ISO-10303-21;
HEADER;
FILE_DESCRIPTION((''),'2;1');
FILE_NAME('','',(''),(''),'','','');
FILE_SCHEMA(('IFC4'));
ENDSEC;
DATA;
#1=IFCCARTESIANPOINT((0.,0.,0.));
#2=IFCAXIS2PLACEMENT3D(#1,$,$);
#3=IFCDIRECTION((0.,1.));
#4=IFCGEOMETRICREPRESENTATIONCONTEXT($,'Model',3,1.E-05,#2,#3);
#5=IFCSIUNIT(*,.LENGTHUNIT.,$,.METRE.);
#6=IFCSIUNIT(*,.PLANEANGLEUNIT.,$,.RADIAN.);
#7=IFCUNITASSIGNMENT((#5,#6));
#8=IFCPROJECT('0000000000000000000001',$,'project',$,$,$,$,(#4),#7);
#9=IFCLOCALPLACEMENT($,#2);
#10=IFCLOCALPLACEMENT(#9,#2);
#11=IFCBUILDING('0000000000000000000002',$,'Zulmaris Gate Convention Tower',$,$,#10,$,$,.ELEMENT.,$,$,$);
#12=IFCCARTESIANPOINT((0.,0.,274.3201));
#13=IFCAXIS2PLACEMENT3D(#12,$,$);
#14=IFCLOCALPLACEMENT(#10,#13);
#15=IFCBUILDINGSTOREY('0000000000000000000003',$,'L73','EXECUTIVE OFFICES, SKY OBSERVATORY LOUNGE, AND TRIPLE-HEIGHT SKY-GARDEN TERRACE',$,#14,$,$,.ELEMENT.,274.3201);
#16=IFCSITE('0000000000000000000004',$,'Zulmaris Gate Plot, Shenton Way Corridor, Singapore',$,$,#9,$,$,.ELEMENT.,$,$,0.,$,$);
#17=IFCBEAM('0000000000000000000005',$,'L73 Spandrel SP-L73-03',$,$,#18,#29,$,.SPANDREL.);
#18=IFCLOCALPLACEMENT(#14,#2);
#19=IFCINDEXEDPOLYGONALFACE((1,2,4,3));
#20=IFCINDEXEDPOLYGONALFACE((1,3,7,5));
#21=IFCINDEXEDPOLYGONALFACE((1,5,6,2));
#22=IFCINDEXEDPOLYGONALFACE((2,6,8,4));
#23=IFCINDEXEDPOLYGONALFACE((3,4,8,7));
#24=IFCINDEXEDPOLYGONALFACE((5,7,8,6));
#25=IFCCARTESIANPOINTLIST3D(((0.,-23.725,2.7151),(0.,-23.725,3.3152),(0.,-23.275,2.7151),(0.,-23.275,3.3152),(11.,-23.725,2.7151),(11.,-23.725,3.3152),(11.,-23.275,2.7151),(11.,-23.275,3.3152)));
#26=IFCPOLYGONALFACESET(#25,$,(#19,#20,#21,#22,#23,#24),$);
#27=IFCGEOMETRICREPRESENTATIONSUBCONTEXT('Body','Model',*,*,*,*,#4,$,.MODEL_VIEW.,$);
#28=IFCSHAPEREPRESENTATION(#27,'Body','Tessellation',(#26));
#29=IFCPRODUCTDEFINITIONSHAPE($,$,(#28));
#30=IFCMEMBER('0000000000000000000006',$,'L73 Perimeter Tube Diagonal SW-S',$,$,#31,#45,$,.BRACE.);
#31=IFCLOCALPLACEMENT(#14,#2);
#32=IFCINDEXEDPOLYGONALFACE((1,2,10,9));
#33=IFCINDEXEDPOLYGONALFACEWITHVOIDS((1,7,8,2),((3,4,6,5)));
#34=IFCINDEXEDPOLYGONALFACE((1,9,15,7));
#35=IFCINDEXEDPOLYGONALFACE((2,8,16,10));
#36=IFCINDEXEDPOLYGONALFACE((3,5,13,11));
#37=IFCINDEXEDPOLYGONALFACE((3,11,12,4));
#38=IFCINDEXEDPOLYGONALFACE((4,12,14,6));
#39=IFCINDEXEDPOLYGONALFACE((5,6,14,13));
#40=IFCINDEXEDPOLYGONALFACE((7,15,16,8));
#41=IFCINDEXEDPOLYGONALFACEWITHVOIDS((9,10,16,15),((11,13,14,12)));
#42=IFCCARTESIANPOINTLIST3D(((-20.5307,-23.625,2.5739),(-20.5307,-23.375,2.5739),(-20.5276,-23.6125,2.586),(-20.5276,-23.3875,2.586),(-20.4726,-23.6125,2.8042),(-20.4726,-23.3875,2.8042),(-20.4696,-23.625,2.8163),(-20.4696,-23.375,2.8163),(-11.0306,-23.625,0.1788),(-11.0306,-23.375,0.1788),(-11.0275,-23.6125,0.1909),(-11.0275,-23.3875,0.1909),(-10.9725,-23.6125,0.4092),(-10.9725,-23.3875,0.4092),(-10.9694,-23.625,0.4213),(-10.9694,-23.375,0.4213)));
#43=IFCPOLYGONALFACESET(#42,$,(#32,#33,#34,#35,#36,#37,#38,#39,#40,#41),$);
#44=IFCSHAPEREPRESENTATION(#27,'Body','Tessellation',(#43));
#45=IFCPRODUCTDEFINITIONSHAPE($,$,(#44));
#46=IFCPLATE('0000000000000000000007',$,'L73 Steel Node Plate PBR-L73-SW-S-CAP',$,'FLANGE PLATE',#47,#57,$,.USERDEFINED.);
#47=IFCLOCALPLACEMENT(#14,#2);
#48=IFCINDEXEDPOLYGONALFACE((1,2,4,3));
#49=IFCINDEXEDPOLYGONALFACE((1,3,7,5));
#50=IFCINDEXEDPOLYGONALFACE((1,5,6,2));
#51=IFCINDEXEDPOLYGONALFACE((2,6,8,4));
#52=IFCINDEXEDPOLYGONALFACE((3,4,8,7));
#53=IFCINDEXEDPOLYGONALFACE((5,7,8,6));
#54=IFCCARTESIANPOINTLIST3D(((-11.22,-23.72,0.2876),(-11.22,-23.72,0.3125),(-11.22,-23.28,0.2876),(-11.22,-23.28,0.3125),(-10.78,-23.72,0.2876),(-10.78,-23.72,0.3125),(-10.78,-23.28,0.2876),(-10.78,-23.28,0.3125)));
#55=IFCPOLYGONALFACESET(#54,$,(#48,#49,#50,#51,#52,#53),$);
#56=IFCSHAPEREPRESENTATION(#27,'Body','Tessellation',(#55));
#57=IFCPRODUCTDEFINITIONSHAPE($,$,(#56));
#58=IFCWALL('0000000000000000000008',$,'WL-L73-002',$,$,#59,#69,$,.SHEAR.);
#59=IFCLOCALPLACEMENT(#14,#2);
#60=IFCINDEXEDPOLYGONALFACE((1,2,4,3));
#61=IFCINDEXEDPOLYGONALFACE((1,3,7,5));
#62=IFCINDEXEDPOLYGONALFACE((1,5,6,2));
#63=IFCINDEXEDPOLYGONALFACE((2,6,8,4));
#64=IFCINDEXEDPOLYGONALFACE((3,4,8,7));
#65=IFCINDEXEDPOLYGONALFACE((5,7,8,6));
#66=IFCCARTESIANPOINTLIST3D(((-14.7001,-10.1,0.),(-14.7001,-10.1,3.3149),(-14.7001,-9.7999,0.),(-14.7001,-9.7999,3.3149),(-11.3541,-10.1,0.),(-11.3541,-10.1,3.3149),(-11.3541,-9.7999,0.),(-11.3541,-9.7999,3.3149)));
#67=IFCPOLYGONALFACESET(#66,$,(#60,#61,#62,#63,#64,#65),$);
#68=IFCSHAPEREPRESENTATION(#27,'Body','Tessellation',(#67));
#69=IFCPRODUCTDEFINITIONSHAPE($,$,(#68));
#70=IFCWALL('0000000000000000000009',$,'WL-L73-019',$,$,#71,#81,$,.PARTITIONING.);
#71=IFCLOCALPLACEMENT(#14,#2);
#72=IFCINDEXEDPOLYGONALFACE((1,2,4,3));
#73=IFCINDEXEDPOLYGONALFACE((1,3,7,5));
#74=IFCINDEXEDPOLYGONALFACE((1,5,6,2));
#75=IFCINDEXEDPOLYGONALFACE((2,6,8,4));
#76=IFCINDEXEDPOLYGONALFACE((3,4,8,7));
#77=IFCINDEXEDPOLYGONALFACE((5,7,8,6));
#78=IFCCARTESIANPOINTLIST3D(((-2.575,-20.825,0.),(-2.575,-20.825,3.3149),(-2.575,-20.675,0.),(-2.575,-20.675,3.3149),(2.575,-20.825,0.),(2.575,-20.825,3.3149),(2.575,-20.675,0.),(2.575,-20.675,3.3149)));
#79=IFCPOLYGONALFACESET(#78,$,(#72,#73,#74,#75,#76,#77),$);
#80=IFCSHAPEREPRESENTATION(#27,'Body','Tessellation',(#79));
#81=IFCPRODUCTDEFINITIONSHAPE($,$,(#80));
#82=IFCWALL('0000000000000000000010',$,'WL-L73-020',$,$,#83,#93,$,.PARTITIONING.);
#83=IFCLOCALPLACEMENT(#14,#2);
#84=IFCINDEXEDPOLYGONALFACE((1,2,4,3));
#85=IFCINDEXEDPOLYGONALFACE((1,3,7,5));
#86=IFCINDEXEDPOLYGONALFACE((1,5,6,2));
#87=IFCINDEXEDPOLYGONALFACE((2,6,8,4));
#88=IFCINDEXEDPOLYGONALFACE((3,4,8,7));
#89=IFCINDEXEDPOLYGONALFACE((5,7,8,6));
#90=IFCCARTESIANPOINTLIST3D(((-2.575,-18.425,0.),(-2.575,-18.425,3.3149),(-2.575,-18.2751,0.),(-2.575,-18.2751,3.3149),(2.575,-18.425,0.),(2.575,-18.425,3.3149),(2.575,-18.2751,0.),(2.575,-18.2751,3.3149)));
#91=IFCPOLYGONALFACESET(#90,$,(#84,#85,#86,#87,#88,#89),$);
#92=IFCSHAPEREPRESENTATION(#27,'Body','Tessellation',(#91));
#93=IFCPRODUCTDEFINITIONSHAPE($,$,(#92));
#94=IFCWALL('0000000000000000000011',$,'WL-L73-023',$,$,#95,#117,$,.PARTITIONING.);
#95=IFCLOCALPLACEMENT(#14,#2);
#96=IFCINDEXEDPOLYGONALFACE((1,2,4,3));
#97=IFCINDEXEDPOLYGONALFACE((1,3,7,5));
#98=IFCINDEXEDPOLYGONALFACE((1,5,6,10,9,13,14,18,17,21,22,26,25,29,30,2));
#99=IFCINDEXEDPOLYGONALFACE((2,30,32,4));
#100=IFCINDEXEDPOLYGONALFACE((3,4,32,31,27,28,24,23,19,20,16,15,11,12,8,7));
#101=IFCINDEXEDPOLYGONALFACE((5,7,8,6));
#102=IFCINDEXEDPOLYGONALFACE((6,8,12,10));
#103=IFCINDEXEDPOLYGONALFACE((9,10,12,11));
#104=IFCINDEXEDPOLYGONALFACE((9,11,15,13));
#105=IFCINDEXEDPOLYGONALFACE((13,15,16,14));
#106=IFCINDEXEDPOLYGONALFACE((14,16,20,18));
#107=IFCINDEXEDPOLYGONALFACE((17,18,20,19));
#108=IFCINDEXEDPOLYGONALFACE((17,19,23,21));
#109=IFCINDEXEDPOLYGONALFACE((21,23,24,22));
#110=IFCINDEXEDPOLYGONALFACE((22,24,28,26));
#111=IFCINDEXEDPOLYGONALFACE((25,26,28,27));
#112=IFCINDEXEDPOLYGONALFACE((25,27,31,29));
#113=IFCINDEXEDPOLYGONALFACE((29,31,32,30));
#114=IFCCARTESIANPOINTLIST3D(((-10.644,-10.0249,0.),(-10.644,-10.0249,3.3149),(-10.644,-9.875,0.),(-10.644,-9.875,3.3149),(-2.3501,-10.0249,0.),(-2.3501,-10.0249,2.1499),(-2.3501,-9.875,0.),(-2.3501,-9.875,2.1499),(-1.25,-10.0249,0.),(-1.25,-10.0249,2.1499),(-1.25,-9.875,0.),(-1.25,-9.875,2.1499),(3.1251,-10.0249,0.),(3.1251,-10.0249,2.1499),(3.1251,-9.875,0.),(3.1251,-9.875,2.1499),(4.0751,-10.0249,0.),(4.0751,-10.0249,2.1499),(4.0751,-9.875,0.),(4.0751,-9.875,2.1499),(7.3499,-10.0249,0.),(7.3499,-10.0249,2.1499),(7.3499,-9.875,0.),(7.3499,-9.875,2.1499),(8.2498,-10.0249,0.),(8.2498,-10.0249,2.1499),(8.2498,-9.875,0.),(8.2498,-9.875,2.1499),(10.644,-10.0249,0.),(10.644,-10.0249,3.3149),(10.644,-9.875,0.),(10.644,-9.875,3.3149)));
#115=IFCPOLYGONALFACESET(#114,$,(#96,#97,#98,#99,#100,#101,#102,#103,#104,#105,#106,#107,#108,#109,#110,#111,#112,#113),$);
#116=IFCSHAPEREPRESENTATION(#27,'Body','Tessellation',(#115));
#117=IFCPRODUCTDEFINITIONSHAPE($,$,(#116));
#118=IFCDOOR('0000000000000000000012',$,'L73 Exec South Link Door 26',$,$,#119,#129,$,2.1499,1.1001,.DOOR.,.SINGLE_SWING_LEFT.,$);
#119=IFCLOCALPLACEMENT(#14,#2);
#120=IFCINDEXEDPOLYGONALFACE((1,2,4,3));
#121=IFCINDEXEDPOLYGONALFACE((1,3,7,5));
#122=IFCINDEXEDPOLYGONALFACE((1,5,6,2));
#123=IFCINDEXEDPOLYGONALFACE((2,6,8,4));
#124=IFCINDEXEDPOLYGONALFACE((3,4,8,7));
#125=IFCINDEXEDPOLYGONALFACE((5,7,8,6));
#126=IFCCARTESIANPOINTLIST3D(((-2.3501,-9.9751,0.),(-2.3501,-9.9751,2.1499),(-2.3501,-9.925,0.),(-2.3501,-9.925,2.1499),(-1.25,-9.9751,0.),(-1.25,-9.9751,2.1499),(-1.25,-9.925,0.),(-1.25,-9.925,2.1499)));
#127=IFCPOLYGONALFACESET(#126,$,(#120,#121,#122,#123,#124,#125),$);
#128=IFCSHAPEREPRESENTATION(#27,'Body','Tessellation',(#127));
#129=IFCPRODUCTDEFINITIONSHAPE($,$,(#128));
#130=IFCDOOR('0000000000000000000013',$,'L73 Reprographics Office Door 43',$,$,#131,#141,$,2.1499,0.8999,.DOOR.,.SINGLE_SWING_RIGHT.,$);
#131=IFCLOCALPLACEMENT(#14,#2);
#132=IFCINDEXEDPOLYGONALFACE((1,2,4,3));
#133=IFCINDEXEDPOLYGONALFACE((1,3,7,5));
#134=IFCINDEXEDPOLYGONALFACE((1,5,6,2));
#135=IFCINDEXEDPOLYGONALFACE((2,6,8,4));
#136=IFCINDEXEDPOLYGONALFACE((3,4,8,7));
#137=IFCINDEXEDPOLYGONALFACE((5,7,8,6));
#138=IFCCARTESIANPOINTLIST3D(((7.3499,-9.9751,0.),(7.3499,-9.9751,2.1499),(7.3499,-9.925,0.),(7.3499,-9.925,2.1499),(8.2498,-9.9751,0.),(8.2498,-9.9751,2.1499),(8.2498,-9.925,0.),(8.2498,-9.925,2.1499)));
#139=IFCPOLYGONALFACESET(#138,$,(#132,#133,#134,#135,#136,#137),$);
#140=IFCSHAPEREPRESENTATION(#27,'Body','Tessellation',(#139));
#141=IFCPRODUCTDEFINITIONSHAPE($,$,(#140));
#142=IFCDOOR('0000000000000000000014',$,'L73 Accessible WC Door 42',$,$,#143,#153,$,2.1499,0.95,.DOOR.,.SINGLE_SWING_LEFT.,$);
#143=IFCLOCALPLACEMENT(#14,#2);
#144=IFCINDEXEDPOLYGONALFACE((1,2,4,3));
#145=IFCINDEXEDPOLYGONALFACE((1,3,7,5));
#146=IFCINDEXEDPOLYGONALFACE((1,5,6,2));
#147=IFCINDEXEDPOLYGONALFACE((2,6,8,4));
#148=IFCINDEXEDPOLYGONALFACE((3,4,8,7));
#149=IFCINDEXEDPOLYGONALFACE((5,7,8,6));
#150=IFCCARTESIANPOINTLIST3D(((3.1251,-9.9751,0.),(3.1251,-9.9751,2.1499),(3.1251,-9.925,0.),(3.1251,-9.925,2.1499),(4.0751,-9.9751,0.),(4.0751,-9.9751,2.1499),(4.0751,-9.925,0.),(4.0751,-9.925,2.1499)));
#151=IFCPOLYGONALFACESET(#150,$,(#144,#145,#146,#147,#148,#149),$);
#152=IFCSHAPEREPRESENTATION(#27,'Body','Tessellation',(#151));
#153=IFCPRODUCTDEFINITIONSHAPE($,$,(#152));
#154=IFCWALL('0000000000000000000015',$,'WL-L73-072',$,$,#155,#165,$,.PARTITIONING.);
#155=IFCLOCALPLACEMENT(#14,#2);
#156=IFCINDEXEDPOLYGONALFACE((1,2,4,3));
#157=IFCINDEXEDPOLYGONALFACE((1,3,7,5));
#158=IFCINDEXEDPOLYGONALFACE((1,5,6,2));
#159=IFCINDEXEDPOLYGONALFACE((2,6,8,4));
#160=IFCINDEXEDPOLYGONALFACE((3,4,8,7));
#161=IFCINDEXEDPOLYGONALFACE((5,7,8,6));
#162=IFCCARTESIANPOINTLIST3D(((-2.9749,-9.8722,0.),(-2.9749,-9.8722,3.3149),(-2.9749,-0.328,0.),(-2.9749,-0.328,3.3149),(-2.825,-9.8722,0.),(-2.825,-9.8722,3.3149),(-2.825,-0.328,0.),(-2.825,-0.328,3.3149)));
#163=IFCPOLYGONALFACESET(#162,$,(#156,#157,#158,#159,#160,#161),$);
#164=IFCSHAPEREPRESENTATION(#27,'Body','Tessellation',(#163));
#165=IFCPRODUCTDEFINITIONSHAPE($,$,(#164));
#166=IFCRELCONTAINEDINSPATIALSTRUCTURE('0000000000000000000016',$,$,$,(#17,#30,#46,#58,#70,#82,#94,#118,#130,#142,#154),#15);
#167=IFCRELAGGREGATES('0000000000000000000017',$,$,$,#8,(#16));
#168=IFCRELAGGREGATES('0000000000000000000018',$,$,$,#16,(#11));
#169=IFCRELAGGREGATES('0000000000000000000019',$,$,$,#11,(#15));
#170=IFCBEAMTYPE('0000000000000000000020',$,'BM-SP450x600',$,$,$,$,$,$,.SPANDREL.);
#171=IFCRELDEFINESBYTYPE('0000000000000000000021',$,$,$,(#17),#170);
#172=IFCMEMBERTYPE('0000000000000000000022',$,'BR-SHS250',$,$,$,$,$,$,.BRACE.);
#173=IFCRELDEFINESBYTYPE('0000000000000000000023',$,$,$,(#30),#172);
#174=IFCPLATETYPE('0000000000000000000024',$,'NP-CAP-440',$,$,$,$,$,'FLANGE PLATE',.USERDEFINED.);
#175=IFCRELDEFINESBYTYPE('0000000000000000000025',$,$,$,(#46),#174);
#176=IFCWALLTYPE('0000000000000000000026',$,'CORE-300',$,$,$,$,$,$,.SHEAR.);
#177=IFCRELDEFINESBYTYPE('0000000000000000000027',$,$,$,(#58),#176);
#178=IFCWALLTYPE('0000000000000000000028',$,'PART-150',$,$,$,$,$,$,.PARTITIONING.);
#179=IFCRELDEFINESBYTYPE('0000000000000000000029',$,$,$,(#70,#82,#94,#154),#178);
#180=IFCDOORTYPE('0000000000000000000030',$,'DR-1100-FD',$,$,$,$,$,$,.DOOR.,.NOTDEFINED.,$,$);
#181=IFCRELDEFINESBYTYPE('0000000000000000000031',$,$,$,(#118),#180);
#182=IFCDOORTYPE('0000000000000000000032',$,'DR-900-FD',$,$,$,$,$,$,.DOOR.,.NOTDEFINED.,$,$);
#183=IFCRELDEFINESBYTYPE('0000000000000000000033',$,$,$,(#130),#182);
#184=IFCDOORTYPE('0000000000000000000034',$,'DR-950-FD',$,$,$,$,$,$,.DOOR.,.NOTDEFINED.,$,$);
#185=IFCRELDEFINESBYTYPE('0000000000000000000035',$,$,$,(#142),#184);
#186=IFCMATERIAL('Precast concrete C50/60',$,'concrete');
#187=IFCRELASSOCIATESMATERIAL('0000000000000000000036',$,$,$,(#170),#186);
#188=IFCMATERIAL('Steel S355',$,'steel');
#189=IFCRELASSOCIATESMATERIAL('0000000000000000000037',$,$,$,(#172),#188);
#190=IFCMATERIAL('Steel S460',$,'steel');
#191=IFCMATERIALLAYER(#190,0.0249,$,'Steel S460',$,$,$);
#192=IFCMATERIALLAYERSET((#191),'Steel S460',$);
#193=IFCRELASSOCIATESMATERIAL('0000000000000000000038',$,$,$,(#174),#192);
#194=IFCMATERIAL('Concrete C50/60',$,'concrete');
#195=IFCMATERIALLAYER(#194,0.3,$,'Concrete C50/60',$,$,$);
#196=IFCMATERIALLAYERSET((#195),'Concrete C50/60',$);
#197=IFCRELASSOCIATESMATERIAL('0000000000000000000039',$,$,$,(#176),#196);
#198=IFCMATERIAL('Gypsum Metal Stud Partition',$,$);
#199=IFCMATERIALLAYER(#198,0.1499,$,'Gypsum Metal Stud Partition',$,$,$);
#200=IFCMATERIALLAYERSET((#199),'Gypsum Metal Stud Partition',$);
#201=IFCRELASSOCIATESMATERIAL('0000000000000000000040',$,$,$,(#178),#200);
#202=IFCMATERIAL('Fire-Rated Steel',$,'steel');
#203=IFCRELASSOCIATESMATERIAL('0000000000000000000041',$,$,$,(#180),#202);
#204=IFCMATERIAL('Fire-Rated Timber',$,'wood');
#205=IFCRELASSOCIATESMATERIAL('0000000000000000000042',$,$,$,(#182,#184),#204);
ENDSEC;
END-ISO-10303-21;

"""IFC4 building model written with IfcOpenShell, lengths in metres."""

from ifc_helpers import new_model, si_unit, direction, frame, frame_2d, origin, origin_2d, place, context, subcontext, project, spatial, rectangle, hollow_rectangle, extrude, material, layer, layer_set, material_profile, profile_set, type_object, element, fill, save


model = new_model("IFC4")

# Units and contexts
model_context = context("Model", 3, precision=1e-05, world=origin(), true_north=direction((0.0, 1.0)))
body_context = subcontext(model_context, "Body", "Model", "MODEL_VIEW")
ifc_project = project(units=[si_unit("LENGTHUNIT", "METRE"), si_unit("PLANEANGLEUNIT", "RADIAN")], contexts=[model_context])

# Site, building, storey
site_placement = place(None, origin())
site = spatial("IfcSite", under=ifc_project, at=site_placement, Name="Zulmaris Gate Plot, Shenton Way Corridor, Singapore", CompositionType="ELEMENT", RefElevation=0.0)
building_placement = place(site_placement, origin())
building = spatial("IfcBuilding", under=site, at=building_placement, Name="Zulmaris Gate Convention Tower", CompositionType="ELEMENT")
storey_placement = place(building_placement, frame((0.0, 0.0, 274.3201)))
storey = spatial("IfcBuildingStorey", under=building, at=storey_placement, Name="L73", Description="EXECUTIVE OFFICES, SKY OBSERVATORY LOUNGE, AND TRIPLE-HEIGHT SKY-GARDEN TERRACE", CompositionType="ELEMENT", Elevation=274.3201)

# Shared definitions
ifc_material_1 = material(Name="Concrete C50/60", Category="concrete")

# Beam
ifc_material_2 = material(Name="Steel S355", Category="steel")
ifc_material_3 = material(Name="Precast concrete C50/60", Category="concrete")
ifc_material_profile_1 = material_profile(ifc_material_3, rectangle(XDim=0.45, YDim=0.6001, at=origin_2d()), Name="RC SPANDREL 450x600")
ifc_profile_set_1 = profile_set([ifc_material_profile_1], Name="Precast concrete C50/60")
beam_type_1 = type_object("IfcBeamType", Name="BM-SP450x600", PredefinedType="SPANDREL", material=ifc_profile_set_1)
for number, where, z_axis, x_axis, name in (
    (1, (0.0, -23.5, 3.0151), (1.0, 0.0, 0.0), (0.0, 1.0, 0.0), "L73 Spandrel SP-L73-03"),
):
    element("IfcBeam", number, at=place(storey_placement, frame(where, z_axis=z_axis, x_axis=x_axis)), inside=storey, type_object=beam_type_1, Name=name, PredefinedType="SPANDREL", context=body_context, shape_type="SweptSolid", body=[
        extrude(rectangle(XDim=0.45, YDim=0.6001, at=origin_2d()), origin(), (0.0, 0.0, 1.0), 11.0),
    ])

# Member
ifc_material_profile_2 = material_profile(ifc_material_2, hollow_rectangle(XDim=0.25, YDim=0.25, WallThickness=0.0125, at=origin_2d()), Name="SHS 250x250x12.5")
ifc_profile_set_2 = profile_set([ifc_material_profile_2], Name="Steel S355")
member_type = type_object("IfcMemberType", Name="BR-SHS250", PredefinedType="BRACE", material=ifc_profile_set_2)
member_placement = place(storey_placement, frame((-11.0, -23.5, 0.3), z_axis=(-0.96966, 0.0, 0.244458), x_axis=(0.0, -1.0, 0.0)))
element("IfcMember", 2, at=member_placement, inside=storey, type_object=member_type, Name="L73 Perimeter Tube Diagonal SW-S", PredefinedType="BRACE", context=body_context, shape_type="SweptSolid", body=[
    extrude(hollow_rectangle(XDim=0.25, YDim=0.25, WallThickness=0.0125, at=origin_2d()), origin(), (0.0, 0.0, 1.0), 9.7974),
])

# Plate
ifc_material_4 = material(Name="Steel S460", Category="steel")
ifc_layer_1 = layer(ifc_material_4, 0.0249, Name="Steel S460")
ifc_layer_set_1 = layer_set([ifc_layer_1], Name="Steel S460")
plate_type = type_object("IfcPlateType", Name="NP-CAP-440", ElementType="FLANGE PLATE", PredefinedType="USERDEFINED", material=ifc_layer_set_1)
plate_placement = place(storey_placement, frame((-11.0, -23.5, 0.2876), z_axis=(0.0, 0.0, 1.0), x_axis=(1.0, 0.0, 0.0)))
element("IfcPlate", 3, at=plate_placement, inside=storey, type_object=plate_type, Name="L73 Steel Node Plate PBR-L73-SW-S-CAP", ObjectType="FLANGE PLATE", PredefinedType="USERDEFINED", context=body_context, shape_type="SweptSolid", body=[
    extrude(rectangle(XDim=0.4399, YDim=0.4399, at=origin_2d()), origin(), (0.0, 0.0, 1.0), 0.0249),
])

# Walls
ifc_layer_2 = layer(ifc_material_1, 0.3, Name="Concrete C50/60")
ifc_layer_set_2 = layer_set([ifc_layer_2], Name="Concrete C50/60")
wall_type_1 = type_object("IfcWallType", Name="CORE-300", PredefinedType="SHEAR", material=ifc_layer_set_2)
wall_1_placement = place(storey_placement, frame((-14.7, -9.95, 0.0), z_axis=(0.0, 0.0, 1.0), x_axis=(1.0, 0.0, 0.0)))
element("IfcWall", 4, at=wall_1_placement, inside=storey, type_object=wall_type_1, Name="WL-L73-002", PredefinedType="SHEAR", context=body_context, shape_type="SweptSolid", body=[
    extrude(rectangle(XDim=3.3459, YDim=0.3, at=frame_2d((1.6729, 0.0))), origin(), (0.0, 0.0, 1.0), 3.3149),
])
ifc_material_5 = material(Name="Gypsum Metal Stud Partition")
ifc_layer_3 = layer(ifc_material_5, 0.1499, Name="Gypsum Metal Stud Partition")
ifc_layer_set_3 = layer_set([ifc_layer_3], Name="Gypsum Metal Stud Partition")
wall_type_2 = type_object("IfcWallType", Name="PART-150", PredefinedType="PARTITIONING", material=ifc_layer_set_3)
for number, where, z_axis, x_axis, name in (
    (5, (-2.575, -20.75, 0.0), (0.0, 0.0, 1.0), (1.0, 0.0, 0.0), "WL-L73-019"),
    (6, (-2.575, -18.3501, 0.0), (0.0, 0.0, 1.0), (1.0, 0.0, 0.0), "WL-L73-020"),
):
    element("IfcWall", number, at=place(storey_placement, frame(where, z_axis=z_axis, x_axis=x_axis)), inside=storey, type_object=wall_type_2, Name=name, PredefinedType="PARTITIONING", context=body_context, shape_type="SweptSolid", body=[
        extrude(rectangle(XDim=5.1499, YDim=0.1499, at=frame_2d((2.575, 0.0))), origin(), (0.0, 0.0, 1.0), 3.3149),
    ])

# Wall, openings, doors
wall_2_placement = place(storey_placement, frame((-10.644, -9.95, 0.0), z_axis=(0.0, 0.0, 1.0), x_axis=(1.0, 0.0, 0.0)))
wall_2 = element("IfcWall", 7, at=wall_2_placement, inside=storey, type_object=wall_type_2, Name="WL-L73-023", PredefinedType="PARTITIONING", context=body_context, shape_type="SweptSolid", body=[
    extrude(rectangle(XDim=21.2881, YDim=0.1499, at=frame_2d((10.644, 0.0))), origin(), (0.0, 0.0, 1.0), 3.3149),
])
opening_1_placement = place(wall_2_placement, frame((8.2939, 0.0, 0.0)))
opening_1 = element("IfcOpeningElement", 8, at=opening_1_placement, cuts=wall_2, PredefinedType="OPENING", context=body_context, shape_type="SweptSolid", body=[
    extrude(rectangle(XDim=1.1001, YDim=2.1499, at=frame_2d((0.55, 1.075))), frame((0.0, 0.085, 0.0), z_axis=(0.0, -1.0, 0.0), x_axis=(1.0, 0.0, 0.0)), (0.0, 0.0, 1.0), 0.1699),
])
opening_2_placement = place(wall_2_placement, frame((13.769, 0.0, 0.0)))
opening_2 = element("IfcOpeningElement", 9, at=opening_2_placement, cuts=wall_2, PredefinedType="OPENING", context=body_context, shape_type="SweptSolid", body=[
    extrude(rectangle(XDim=0.95, YDim=2.1499, at=frame_2d((0.4751, 1.075))), frame((0.0, 0.085, 0.0), z_axis=(0.0, -1.0, 0.0), x_axis=(1.0, 0.0, 0.0)), (0.0, 0.0, 1.0), 0.1699),
])
opening_3_placement = place(wall_2_placement, frame((17.9939, 0.0, 0.0)))
opening_3 = element("IfcOpeningElement", 10, at=opening_3_placement, cuts=wall_2, PredefinedType="OPENING", context=body_context, shape_type="SweptSolid", body=[
    extrude(rectangle(XDim=0.8999, YDim=2.1499, at=frame_2d((0.45, 1.075))), frame((0.0, 0.085, 0.0), z_axis=(0.0, -1.0, 0.0), x_axis=(1.0, 0.0, 0.0)), (0.0, 0.0, 1.0), 0.1699),
])
ifc_material_6 = material(Name="Fire-Rated Steel", Category="steel")
door_type_1 = type_object("IfcDoorType", Name="DR-1100-FD", OperationType="NOTDEFINED", PredefinedType="DOOR", material=ifc_material_6)
door_1_placement = place(opening_1_placement, origin())
door_1 = element("IfcDoor", 11, at=door_1_placement, inside=storey, type_object=door_type_1, Name="L73 Exec South Link Door 26", OperationType="SINGLE_SWING_LEFT", OverallHeight=2.1499, OverallWidth=1.1001, PredefinedType="DOOR", context=body_context, shape_type="SweptSolid", body=[
    extrude(rectangle(XDim=1.1001, YDim=2.1499, at=frame_2d((0.55, 1.075))), frame((0.0, 0.0249, 0.0), z_axis=(0.0, -1.0, 0.0), x_axis=(1.0, 0.0, 0.0)), (0.0, 0.0, 1.0), 0.05),
])
fill(opening_1, door_1)
ifc_material_7 = material(Name="Fire-Rated Timber", Category="wood")
door_type_2 = type_object("IfcDoorType", Name="DR-900-FD", OperationType="NOTDEFINED", PredefinedType="DOOR", material=ifc_material_7)
door_2_placement = place(opening_3_placement, origin())
door_2 = element("IfcDoor", 12, at=door_2_placement, inside=storey, type_object=door_type_2, Name="L73 Reprographics Office Door 43", OperationType="SINGLE_SWING_RIGHT", OverallHeight=2.1499, OverallWidth=0.8999, PredefinedType="DOOR", context=body_context, shape_type="SweptSolid", body=[
    extrude(rectangle(XDim=0.8999, YDim=2.1499, at=frame_2d((0.45, 1.075))), frame((0.0, 0.0249, 0.0), z_axis=(0.0, -1.0, 0.0), x_axis=(1.0, 0.0, 0.0)), (0.0, 0.0, 1.0), 0.05),
])
fill(opening_3, door_2)
door_type_3 = type_object("IfcDoorType", Name="DR-950-FD", OperationType="NOTDEFINED", PredefinedType="DOOR", material=ifc_material_7)
door_3_placement = place(opening_2_placement, origin())
door_3 = element("IfcDoor", 13, at=door_3_placement, inside=storey, type_object=door_type_3, Name="L73 Accessible WC Door 42", OperationType="SINGLE_SWING_LEFT", OverallHeight=2.1499, OverallWidth=0.95, PredefinedType="DOOR", context=body_context, shape_type="SweptSolid", body=[
    extrude(rectangle(XDim=0.95, YDim=2.1499, at=frame_2d((0.4751, 1.075))), frame((0.0, 0.0249, 0.0), z_axis=(0.0, -1.0, 0.0), x_axis=(1.0, 0.0, 0.0)), (0.0, 0.0, 1.0), 0.05),
])
fill(opening_2, door_3)

# Wall
wall_3_placement = place(storey_placement, frame((-2.8999, -9.8721, 0.0), z_axis=(0.0, 0.0, 1.0), x_axis=(0.0, 1.0, 0.0)))
element("IfcWall", 14, at=wall_3_placement, inside=storey, type_object=wall_type_2, Name="WL-L73-072", PredefinedType="PARTITIONING", context=body_context, shape_type="SweptSolid", body=[
    extrude(rectangle(XDim=9.5442, YDim=0.1499, at=frame_2d((4.772, 0.0))), origin(), (0.0, 0.0, 1.0), 3.3149),
])

save(model, "model.ifc")
